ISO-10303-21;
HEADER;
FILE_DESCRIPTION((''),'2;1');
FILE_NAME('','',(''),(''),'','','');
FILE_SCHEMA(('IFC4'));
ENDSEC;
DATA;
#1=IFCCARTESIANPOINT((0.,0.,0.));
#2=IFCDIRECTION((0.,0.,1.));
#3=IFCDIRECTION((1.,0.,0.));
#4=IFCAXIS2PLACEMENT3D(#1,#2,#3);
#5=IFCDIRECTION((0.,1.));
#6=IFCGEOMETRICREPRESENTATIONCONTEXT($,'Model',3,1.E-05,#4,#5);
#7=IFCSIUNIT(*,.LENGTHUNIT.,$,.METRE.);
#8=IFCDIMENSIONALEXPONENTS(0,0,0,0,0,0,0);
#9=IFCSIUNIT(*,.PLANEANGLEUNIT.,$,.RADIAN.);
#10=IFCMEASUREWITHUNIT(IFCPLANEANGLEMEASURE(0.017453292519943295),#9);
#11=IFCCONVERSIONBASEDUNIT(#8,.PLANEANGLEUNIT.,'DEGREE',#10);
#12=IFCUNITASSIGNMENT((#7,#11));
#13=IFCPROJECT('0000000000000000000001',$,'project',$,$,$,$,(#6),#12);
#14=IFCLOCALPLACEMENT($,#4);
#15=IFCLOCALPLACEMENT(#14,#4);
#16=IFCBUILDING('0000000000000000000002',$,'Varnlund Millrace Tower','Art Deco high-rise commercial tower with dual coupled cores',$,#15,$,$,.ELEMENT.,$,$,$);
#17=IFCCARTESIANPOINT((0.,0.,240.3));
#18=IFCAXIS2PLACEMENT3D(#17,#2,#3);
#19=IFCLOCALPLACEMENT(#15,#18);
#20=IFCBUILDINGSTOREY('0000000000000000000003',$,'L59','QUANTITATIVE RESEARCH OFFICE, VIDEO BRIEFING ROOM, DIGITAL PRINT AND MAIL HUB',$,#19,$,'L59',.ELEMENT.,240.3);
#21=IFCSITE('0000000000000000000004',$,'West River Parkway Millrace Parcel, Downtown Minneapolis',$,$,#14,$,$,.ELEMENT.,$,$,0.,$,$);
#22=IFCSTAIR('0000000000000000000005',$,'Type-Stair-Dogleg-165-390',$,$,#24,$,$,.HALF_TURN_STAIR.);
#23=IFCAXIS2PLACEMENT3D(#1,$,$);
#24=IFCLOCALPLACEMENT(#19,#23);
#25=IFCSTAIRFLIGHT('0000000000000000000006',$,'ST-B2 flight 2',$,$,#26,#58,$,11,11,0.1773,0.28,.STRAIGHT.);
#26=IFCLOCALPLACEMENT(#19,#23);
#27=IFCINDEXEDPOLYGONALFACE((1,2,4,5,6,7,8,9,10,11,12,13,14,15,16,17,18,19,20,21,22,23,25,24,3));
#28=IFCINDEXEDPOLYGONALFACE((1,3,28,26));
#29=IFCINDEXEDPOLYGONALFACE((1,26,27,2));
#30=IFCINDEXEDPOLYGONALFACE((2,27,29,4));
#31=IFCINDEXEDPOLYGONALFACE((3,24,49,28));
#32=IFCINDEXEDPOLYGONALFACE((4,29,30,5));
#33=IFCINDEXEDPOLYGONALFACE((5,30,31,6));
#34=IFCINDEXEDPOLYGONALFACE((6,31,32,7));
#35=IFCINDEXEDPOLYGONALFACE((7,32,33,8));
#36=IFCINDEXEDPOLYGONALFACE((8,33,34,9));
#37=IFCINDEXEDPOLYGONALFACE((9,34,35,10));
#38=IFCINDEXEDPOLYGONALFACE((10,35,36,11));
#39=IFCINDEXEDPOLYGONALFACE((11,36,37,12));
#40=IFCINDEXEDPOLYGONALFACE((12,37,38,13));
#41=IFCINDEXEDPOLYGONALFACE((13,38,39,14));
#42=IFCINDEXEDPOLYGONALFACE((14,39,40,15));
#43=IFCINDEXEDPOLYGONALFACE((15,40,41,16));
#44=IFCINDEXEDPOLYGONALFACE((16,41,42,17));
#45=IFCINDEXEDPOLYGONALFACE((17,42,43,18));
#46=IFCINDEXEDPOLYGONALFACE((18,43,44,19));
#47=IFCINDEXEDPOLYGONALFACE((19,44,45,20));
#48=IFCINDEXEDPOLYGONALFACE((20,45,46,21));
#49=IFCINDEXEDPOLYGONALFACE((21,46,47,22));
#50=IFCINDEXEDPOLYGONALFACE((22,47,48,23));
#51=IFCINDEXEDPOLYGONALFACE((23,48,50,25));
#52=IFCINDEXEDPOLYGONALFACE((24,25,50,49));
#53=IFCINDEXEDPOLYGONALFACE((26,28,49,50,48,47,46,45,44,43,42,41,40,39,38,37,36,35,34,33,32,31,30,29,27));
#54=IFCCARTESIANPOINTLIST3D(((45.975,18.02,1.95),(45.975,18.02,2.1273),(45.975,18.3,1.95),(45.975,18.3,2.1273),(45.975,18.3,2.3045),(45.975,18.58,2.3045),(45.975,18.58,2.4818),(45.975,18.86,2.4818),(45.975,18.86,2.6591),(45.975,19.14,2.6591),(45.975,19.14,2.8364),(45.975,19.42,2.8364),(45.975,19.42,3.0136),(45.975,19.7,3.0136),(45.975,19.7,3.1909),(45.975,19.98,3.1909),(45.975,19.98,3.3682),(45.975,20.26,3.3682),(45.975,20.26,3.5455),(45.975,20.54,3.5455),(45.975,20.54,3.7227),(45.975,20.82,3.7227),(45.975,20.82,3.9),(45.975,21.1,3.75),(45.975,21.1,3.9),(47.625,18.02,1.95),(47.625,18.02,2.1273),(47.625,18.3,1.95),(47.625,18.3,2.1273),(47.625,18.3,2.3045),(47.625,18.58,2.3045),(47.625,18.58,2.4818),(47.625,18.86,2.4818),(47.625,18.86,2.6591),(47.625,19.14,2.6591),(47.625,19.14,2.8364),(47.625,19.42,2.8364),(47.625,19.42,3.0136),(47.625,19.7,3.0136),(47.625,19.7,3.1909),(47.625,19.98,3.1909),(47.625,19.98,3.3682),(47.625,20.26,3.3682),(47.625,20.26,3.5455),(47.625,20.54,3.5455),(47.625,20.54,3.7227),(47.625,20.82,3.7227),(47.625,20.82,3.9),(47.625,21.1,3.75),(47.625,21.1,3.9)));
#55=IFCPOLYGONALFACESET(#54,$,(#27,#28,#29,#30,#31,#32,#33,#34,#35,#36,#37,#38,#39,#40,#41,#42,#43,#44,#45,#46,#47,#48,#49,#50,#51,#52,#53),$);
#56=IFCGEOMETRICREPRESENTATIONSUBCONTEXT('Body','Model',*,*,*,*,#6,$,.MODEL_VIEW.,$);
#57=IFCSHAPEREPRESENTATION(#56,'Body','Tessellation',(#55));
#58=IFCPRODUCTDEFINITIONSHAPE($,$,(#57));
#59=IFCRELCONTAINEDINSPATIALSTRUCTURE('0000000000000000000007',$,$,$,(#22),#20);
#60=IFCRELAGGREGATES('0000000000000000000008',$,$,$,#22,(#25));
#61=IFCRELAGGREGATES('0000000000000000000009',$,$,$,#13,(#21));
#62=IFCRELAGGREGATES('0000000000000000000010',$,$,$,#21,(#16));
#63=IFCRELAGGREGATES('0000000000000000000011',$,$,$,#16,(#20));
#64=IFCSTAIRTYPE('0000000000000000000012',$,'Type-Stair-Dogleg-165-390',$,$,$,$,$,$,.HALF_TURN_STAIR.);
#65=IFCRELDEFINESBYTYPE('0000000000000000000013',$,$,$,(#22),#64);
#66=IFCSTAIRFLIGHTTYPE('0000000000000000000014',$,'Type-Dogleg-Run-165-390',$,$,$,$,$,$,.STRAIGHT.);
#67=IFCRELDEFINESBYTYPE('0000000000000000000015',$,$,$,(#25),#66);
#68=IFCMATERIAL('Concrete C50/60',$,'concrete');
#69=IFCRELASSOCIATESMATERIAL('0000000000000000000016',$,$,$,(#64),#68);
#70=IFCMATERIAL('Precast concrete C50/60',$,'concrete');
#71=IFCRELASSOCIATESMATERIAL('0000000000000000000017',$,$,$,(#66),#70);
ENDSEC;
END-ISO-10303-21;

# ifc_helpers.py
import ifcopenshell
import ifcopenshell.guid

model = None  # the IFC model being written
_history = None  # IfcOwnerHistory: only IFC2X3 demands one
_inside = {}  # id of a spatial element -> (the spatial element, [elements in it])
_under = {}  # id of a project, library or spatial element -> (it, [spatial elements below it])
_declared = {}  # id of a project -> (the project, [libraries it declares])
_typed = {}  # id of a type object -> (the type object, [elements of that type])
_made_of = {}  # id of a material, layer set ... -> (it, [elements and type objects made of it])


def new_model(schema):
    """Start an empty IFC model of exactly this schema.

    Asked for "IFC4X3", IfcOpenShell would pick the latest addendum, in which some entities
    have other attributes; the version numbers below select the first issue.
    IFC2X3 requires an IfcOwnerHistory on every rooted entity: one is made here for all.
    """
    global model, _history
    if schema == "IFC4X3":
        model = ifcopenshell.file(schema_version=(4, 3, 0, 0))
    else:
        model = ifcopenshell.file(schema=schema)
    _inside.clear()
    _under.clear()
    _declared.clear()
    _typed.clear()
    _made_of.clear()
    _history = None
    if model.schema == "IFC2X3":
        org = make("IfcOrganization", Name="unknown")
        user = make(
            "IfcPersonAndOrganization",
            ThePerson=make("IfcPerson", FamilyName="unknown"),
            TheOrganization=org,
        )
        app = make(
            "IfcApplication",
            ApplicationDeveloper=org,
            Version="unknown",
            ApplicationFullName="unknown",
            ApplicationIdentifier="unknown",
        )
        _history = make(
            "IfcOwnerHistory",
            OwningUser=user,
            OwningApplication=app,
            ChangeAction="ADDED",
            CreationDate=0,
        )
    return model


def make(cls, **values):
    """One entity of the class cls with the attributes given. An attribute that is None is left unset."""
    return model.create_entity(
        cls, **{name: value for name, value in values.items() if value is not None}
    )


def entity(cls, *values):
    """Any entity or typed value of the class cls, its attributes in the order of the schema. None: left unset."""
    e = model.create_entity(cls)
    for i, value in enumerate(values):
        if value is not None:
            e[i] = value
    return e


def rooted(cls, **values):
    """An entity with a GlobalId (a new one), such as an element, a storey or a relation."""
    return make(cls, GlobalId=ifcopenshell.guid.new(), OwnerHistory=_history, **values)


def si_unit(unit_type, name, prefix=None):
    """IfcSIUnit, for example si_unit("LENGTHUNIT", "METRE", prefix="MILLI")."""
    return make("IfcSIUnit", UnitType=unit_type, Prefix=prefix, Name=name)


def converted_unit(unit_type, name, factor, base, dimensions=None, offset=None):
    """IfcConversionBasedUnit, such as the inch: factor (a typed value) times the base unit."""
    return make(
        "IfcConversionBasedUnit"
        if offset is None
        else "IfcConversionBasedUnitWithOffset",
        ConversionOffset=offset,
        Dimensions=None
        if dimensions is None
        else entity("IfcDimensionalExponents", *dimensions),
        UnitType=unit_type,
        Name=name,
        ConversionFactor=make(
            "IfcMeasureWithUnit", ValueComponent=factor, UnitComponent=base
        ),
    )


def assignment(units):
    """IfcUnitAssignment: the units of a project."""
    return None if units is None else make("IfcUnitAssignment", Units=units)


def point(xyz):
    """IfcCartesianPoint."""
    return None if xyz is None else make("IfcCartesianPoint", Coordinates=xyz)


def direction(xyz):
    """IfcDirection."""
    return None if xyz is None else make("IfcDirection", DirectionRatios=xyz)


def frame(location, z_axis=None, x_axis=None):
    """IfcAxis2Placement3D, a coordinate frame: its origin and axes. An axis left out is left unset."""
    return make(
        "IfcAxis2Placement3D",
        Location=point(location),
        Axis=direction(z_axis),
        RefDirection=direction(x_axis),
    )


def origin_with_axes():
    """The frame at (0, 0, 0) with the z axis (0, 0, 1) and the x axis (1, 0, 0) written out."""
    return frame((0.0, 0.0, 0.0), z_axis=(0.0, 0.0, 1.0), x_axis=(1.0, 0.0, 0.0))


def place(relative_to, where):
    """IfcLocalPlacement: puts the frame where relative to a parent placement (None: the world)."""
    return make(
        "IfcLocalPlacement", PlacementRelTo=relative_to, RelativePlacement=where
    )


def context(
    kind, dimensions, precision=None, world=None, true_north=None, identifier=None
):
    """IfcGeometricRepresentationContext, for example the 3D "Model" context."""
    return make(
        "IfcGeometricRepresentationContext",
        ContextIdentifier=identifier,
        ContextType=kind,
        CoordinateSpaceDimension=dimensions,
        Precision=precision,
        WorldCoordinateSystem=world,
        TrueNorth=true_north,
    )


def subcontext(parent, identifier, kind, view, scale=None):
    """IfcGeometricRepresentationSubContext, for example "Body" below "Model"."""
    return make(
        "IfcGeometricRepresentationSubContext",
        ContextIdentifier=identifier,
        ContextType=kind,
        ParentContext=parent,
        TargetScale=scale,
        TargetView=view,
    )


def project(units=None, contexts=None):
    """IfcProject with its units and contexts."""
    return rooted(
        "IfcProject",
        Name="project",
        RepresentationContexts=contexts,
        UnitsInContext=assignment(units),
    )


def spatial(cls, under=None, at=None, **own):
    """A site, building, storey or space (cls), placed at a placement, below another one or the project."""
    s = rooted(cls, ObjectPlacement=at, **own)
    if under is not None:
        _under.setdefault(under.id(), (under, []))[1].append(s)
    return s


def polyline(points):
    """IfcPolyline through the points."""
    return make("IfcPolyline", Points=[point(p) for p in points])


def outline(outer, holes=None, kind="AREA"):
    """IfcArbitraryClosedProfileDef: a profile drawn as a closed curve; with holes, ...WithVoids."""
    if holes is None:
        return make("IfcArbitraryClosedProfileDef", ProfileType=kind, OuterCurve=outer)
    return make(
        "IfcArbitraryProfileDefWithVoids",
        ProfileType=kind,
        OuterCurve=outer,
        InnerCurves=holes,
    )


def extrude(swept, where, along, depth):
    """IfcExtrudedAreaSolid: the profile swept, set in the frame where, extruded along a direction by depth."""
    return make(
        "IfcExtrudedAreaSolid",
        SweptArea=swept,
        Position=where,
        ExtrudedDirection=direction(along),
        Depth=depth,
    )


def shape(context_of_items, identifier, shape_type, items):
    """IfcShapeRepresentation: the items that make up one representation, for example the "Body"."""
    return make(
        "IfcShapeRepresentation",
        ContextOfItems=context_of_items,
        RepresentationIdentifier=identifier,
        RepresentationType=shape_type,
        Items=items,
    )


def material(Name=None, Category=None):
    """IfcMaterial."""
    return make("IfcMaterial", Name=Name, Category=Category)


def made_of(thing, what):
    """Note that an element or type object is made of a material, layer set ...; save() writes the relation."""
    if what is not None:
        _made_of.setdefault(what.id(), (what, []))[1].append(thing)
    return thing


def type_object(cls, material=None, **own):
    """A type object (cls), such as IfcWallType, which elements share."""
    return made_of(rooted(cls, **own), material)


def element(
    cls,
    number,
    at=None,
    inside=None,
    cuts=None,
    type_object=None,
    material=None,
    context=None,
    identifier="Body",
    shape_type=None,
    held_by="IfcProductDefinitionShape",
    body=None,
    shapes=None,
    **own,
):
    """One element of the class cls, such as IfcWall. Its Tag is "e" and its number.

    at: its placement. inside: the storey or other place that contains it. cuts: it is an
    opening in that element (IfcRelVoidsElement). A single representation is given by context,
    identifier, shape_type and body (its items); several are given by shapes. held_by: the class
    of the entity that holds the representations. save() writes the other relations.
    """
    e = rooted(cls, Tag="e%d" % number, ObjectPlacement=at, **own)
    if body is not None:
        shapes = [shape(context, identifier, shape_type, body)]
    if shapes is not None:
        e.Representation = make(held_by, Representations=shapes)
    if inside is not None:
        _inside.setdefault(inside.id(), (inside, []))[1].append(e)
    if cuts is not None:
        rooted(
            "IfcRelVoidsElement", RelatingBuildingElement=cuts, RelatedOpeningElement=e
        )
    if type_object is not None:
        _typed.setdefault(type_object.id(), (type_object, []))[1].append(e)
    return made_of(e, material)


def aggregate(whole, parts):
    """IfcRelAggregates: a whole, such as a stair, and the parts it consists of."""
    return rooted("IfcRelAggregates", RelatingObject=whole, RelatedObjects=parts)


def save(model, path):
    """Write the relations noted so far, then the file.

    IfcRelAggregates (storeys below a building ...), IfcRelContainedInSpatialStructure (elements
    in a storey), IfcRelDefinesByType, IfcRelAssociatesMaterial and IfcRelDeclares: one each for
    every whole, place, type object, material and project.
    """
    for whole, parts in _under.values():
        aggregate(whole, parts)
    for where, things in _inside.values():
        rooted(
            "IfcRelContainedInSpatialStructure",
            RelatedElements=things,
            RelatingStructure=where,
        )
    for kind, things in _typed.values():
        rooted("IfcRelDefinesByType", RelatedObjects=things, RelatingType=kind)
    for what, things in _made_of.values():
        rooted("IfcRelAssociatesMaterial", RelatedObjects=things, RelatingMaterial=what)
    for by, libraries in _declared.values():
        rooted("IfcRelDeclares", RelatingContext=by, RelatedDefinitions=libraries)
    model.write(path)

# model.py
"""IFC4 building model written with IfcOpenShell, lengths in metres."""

from ifc_helpers import new_model, entity, si_unit, converted_unit, direction, frame, origin_with_axes, place, context, subcontext, project, spatial, polyline, outline, extrude, material, type_object, element, aggregate, save


model = new_model("IFC4")

# Units and contexts
model_context = context("Model", 3, precision=1e-05, world=origin_with_axes(), true_north=direction((0.0, 1.0)))
body_context = subcontext(model_context, "Body", "Model", "MODEL_VIEW")
ifc_project = project(units=[si_unit("LENGTHUNIT", "METRE"), converted_unit("PLANEANGLEUNIT", "DEGREE", entity("IfcPlaneAngleMeasure", 0.017453292519943295), si_unit("PLANEANGLEUNIT", "RADIAN"), dimensions=[0, 0, 0, 0, 0, 0, 0])], contexts=[model_context])

# Site, building, storey
site_placement = place(None, origin_with_axes())
site = spatial("IfcSite", under=ifc_project, at=site_placement, Name="West River Parkway Millrace Parcel, Downtown Minneapolis", CompositionType="ELEMENT", RefElevation=0.0)
building_placement = place(site_placement, origin_with_axes())
building = spatial("IfcBuilding", under=site, at=building_placement, Name="Varnlund Millrace Tower", Description="Art Deco high-rise commercial tower with dual coupled cores", CompositionType="ELEMENT")
storey_placement = place(building_placement, frame((0.0, 0.0, 240.3), z_axis=(0.0, 0.0, 1.0), x_axis=(1.0, 0.0, 0.0)))
storey = spatial("IfcBuildingStorey", under=building, at=storey_placement, Name="L59", Description="QUANTITATIVE RESEARCH OFFICE, VIDEO BRIEFING ROOM, DIGITAL PRINT AND MAIL HUB", LongName="L59", CompositionType="ELEMENT", Elevation=240.3)

# Shared definitions
ifc_material_1 = material(Name="Precast concrete C50/60", Category="concrete")

# Stair, stair flight
ifc_material_2 = material(Name="Concrete C50/60", Category="concrete")
stair_type = type_object("IfcStairType", Name="Type-Stair-Dogleg-165-390", PredefinedType="HALF_TURN_STAIR", material=ifc_material_2)
stair_placement = place(storey_placement, origin_with_axes())
stair = element("IfcStair", 1, at=stair_placement, inside=storey, type_object=stair_type, Name="Type-Stair-Dogleg-165-390", PredefinedType="HALF_TURN_STAIR")
stair_flight_type = type_object("IfcStairFlightType", Name="Type-Dogleg-Run-165-390", PredefinedType="STRAIGHT", material=ifc_material_1)
stair_flight_placement = place(storey_placement, frame((45.975, 18.02, 1.95), z_axis=(1.0, 0.0, 0.0), x_axis=(0.0, 1.0, 0.0)))
stair_flight = element("IfcStairFlight", 2, at=stair_flight_placement, type_object=stair_flight_type, Name="ST-B2 flight 2", NumberOfRisers=11, NumberOfTreads=11, PredefinedType="STRAIGHT", RiserHeight=0.1773, TreadLength=0.28, context=body_context, shape_type="SweptSolid", body=[
    extrude(outline(polyline([(0.0, 0.0), (0.0, 0.1773), (0.28, 0.1773), (0.28, 0.3545), (0.56, 0.3545), (0.56, 0.5318), (0.84, 0.5318), (0.84, 0.7091), (1.12, 0.7091), (1.12, 0.8864), (1.4, 0.8864), (1.4, 1.0636), (1.68, 1.0636), (1.68, 1.2409), (1.96, 1.2409), (1.96, 1.4182), (2.24, 1.4182), (2.24, 1.5955), (2.52, 1.5955), (2.52, 1.7727), (2.8, 1.7727), (2.8, 1.95), (3.08, 1.95), (3.08, 1.8), (0.28, 0.0), (0.0, 0.0)])), origin_with_axes(), (0.0, 0.0, 1.0), 1.65),
])
aggregate(stair, [stair_flight])

save(model, "model.ifc")
